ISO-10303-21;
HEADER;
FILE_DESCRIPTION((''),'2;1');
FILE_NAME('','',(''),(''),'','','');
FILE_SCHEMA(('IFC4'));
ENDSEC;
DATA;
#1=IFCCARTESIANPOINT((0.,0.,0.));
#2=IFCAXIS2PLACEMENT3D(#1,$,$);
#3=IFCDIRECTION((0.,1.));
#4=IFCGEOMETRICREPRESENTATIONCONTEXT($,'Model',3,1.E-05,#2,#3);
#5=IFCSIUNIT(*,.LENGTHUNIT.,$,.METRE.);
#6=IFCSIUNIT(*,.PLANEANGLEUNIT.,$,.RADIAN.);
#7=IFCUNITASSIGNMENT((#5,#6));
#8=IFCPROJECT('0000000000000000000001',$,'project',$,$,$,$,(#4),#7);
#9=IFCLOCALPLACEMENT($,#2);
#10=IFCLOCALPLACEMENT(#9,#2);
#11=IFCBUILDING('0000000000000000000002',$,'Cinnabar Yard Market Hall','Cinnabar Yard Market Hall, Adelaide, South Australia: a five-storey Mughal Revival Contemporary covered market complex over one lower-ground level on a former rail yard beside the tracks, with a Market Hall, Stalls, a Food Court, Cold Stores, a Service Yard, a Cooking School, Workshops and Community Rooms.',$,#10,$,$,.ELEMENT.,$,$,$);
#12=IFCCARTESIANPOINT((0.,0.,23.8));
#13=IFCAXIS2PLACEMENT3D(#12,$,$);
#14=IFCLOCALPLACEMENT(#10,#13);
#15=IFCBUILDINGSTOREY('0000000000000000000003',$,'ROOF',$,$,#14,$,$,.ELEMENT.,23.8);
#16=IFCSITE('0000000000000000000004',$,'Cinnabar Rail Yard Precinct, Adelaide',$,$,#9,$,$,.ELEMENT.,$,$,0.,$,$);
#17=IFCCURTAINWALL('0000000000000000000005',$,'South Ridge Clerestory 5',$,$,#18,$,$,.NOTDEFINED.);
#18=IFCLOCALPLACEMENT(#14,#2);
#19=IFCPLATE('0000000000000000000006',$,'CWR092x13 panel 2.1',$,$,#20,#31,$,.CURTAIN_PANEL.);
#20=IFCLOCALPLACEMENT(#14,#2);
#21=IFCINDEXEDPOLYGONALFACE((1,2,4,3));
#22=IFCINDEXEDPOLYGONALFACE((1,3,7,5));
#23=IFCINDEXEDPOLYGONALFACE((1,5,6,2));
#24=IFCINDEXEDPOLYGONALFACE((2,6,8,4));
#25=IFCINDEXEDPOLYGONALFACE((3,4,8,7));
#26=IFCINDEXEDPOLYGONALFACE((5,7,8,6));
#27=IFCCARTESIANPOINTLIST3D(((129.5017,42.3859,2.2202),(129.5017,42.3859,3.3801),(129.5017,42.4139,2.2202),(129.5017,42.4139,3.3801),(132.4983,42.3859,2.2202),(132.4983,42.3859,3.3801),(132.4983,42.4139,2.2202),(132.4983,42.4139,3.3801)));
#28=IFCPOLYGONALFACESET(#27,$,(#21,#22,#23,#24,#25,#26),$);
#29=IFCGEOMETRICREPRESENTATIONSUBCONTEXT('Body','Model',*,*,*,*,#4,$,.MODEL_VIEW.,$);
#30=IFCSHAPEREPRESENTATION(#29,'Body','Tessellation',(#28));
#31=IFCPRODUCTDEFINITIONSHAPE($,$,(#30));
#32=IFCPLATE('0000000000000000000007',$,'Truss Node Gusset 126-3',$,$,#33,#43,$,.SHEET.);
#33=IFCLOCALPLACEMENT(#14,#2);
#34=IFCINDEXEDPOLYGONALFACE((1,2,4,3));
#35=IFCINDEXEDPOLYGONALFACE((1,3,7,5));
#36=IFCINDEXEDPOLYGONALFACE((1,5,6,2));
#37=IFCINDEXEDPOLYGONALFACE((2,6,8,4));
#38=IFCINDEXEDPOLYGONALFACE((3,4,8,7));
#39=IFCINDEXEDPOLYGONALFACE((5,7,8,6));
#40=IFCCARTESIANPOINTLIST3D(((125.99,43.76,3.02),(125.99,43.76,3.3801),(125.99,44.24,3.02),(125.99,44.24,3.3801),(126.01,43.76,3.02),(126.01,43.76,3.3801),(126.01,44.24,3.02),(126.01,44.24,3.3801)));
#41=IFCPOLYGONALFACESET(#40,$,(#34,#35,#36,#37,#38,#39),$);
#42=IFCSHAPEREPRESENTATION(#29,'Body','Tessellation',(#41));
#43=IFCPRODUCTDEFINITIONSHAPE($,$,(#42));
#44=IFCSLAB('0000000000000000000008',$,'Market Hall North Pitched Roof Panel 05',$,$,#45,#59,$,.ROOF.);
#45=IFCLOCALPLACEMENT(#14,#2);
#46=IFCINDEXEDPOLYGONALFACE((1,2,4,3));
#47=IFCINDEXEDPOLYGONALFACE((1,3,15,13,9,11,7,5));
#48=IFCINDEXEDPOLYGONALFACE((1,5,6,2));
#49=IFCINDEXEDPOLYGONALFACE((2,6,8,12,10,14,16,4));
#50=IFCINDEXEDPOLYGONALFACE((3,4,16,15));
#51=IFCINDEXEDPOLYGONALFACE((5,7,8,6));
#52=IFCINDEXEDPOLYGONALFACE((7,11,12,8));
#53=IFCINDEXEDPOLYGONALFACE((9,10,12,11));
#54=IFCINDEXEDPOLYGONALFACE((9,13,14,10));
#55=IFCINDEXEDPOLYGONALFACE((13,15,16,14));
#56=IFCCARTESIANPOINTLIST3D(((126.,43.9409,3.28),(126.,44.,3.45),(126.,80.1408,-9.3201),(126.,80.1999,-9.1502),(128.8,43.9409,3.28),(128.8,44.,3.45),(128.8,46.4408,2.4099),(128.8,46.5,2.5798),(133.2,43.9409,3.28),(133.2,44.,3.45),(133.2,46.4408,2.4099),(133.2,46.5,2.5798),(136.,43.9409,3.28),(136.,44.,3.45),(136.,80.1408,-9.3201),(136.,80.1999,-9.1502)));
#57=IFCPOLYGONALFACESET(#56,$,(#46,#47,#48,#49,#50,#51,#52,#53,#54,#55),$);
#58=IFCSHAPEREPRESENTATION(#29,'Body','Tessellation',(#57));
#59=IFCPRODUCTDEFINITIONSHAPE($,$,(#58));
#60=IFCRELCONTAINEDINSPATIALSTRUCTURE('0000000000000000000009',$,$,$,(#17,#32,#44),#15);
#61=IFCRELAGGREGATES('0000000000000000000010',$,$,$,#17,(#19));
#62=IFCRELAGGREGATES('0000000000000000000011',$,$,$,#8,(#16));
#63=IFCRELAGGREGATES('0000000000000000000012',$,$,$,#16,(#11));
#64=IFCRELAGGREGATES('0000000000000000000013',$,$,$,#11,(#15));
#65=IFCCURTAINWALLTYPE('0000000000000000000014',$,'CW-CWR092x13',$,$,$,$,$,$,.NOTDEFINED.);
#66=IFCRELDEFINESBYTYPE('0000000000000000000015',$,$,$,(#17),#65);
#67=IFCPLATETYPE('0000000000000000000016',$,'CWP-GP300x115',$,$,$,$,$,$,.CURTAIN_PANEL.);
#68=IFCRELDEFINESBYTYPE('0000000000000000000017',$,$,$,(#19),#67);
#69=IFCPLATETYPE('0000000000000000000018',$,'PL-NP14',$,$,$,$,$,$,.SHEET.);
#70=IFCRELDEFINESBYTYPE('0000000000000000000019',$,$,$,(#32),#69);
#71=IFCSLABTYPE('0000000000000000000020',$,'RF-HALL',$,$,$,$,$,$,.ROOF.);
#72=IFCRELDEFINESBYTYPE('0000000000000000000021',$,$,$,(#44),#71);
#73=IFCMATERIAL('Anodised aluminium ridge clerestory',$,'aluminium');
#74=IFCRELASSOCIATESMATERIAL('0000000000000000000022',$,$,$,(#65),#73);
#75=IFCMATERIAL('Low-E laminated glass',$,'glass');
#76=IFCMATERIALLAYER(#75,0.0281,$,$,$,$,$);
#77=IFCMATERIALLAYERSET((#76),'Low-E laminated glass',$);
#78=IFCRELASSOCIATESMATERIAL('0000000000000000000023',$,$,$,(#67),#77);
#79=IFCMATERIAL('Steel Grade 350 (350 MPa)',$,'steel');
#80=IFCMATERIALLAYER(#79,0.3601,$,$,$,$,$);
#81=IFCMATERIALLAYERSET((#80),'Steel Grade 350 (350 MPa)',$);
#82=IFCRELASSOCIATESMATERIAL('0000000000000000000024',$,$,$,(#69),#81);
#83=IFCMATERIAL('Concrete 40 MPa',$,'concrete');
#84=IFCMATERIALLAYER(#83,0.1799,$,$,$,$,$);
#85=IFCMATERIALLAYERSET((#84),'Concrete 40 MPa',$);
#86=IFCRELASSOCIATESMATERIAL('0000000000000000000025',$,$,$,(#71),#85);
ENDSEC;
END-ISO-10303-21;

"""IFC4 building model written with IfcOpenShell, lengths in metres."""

from ifc_helpers import new_model, si_unit, direction, frame, origin, origin_2d_with_axis, place, context, subcontext, project, spatial, polyline, rectangle, outline, extrude, material, layer, layer_set, type_object, element, aggregate, save


model = new_model("IFC4")

# Units and contexts
model_context = context("Model", 3, precision=1e-05, world=origin(), true_north=direction((0.0, 1.0)))
body_context = subcontext(model_context, "Body", "Model", "MODEL_VIEW")
ifc_project = project(units=[si_unit("LENGTHUNIT", "METRE"), si_unit("PLANEANGLEUNIT", "RADIAN")], contexts=[model_context])

# Site, building, storey
site_placement = place(None, origin())
site = spatial("IfcSite", under=ifc_project, at=site_placement, Name="Cinnabar Rail Yard Precinct, Adelaide", CompositionType="ELEMENT", RefElevation=0.0)
building_placement = place(site_placement, origin())
building = spatial("IfcBuilding", under=site, at=building_placement, Name="Cinnabar Yard Market Hall", Description="Cinnabar Yard Market Hall, Adelaide, South Australia: a five-storey Mughal Revival Contemporary covered market complex over one lower-ground level on a former rail yard beside the tracks, with a Market Hall, Stalls, a Food Court, Cold Stores, a Service Yard, a Cooking School, Workshops and Community Rooms.", CompositionType="ELEMENT")
storey_placement = place(building_placement, frame((0.0, 0.0, 23.8)))
storey = spatial("IfcBuildingStorey", under=building, at=storey_placement, Name="ROOF", CompositionType="ELEMENT", Elevation=23.8)

# Curtain wall
ifc_material_1 = material(Name="Anodised aluminium ridge clerestory", Category="aluminium")
curtain_wall_type = type_object("IfcCurtainWallType", Name="CW-CWR092x13", PredefinedType="NOTDEFINED", material=ifc_material_1)
curtain_wall_placement = place(storey_placement, origin())
curtain_wall = element("IfcCurtainWall", 1, at=curtain_wall_placement, inside=storey, type_object=curtain_wall_type, Name="South Ridge Clerestory 5", PredefinedType="NOTDEFINED")

# Plates
ifc_material_2 = material(Name="Low-E laminated glass", Category="glass")
ifc_layer_1 = layer(ifc_material_2, 0.0281)
ifc_layer_set_1 = layer_set([ifc_layer_1], Name="Low-E laminated glass")
plate_type_1 = type_object("IfcPlateType", Name="CWP-GP300x115", PredefinedType="CURTAIN_PANEL", material=ifc_layer_set_1)
plate_1_placement = place(storey_placement, frame((131.0, 42.3999, 2.2202), z_axis=(0.0, 0.0, 1.0), x_axis=(1.0, 0.0, 0.0)))
plate_1 = element("IfcPlate", 2, at=plate_1_placement, type_object=plate_type_1, Name="CWR092x13 panel 2.1", PredefinedType="CURTAIN_PANEL", context=body_context, shape_type="SweptSolid", body=[
    extrude(rectangle(XDim=2.9966, YDim=0.0281, at=origin_2d_with_axis()), origin(), (0.0, 0.0, 1.0), 1.1599),
])
aggregate(curtain_wall, [plate_1])
ifc_material_3 = material(Name="Steel Grade 350 (350 MPa)", Category="steel")
ifc_layer_2 = layer(ifc_material_3, 0.3601)
ifc_layer_set_2 = layer_set([ifc_layer_2], Name="Steel Grade 350 (350 MPa)")
plate_type_2 = type_object("IfcPlateType", Name="PL-NP14", PredefinedType="SHEET", material=ifc_layer_set_2)
plate_2_placement = place(storey_placement, frame((126.0, 44.0, 3.02), z_axis=(0.0, 0.0, 1.0), x_axis=(1.0, 0.0, 0.0)))
element("IfcPlate", 3, at=plate_2_placement, inside=storey, type_object=plate_type_2, Name="Truss Node Gusset 126-3", PredefinedType="SHEET", context=body_context, shape_type="SweptSolid", body=[
    extrude(rectangle(XDim=0.02, YDim=0.48, at=origin_2d_with_axis()), origin(), (0.0, 0.0, 1.0), 0.3601),
])

# Slab
ifc_material_4 = material(Name="Concrete 40 MPa", Category="concrete")
ifc_layer_3 = layer(ifc_material_4, 0.1799)
ifc_layer_set_3 = layer_set([ifc_layer_3], Name="Concrete 40 MPa")
slab_type = type_object("IfcSlabType", Name="RF-HALL", PredefinedType="ROOF", material=ifc_layer_set_3)
slab_placement = place(storey_placement, frame((126.0, 44.0, 3.45), z_axis=(0.0, 0.328726, 0.944425), x_axis=(1.0, 0.0, 0.0)))
element("IfcSlab", 4, at=slab_placement, inside=storey, type_object=slab_type, Name="Market Hall North Pitched Roof Panel 05", PredefinedType="ROOF", context=body_context, shape_type="SweptSolid", body=[
    extrude(outline(polyline([(0.0, 0.0), (2.8, 0.0), (2.8, 2.6471), (7.2, 2.6471), (7.2, 0.0), (10.0, 0.0), (10.0, 38.3301), (0.0, 38.3301), (0.0, 0.0)])), origin(), (0.0, 0.0, -1.0), 0.1799),
])

save(model, "model.ifc")
